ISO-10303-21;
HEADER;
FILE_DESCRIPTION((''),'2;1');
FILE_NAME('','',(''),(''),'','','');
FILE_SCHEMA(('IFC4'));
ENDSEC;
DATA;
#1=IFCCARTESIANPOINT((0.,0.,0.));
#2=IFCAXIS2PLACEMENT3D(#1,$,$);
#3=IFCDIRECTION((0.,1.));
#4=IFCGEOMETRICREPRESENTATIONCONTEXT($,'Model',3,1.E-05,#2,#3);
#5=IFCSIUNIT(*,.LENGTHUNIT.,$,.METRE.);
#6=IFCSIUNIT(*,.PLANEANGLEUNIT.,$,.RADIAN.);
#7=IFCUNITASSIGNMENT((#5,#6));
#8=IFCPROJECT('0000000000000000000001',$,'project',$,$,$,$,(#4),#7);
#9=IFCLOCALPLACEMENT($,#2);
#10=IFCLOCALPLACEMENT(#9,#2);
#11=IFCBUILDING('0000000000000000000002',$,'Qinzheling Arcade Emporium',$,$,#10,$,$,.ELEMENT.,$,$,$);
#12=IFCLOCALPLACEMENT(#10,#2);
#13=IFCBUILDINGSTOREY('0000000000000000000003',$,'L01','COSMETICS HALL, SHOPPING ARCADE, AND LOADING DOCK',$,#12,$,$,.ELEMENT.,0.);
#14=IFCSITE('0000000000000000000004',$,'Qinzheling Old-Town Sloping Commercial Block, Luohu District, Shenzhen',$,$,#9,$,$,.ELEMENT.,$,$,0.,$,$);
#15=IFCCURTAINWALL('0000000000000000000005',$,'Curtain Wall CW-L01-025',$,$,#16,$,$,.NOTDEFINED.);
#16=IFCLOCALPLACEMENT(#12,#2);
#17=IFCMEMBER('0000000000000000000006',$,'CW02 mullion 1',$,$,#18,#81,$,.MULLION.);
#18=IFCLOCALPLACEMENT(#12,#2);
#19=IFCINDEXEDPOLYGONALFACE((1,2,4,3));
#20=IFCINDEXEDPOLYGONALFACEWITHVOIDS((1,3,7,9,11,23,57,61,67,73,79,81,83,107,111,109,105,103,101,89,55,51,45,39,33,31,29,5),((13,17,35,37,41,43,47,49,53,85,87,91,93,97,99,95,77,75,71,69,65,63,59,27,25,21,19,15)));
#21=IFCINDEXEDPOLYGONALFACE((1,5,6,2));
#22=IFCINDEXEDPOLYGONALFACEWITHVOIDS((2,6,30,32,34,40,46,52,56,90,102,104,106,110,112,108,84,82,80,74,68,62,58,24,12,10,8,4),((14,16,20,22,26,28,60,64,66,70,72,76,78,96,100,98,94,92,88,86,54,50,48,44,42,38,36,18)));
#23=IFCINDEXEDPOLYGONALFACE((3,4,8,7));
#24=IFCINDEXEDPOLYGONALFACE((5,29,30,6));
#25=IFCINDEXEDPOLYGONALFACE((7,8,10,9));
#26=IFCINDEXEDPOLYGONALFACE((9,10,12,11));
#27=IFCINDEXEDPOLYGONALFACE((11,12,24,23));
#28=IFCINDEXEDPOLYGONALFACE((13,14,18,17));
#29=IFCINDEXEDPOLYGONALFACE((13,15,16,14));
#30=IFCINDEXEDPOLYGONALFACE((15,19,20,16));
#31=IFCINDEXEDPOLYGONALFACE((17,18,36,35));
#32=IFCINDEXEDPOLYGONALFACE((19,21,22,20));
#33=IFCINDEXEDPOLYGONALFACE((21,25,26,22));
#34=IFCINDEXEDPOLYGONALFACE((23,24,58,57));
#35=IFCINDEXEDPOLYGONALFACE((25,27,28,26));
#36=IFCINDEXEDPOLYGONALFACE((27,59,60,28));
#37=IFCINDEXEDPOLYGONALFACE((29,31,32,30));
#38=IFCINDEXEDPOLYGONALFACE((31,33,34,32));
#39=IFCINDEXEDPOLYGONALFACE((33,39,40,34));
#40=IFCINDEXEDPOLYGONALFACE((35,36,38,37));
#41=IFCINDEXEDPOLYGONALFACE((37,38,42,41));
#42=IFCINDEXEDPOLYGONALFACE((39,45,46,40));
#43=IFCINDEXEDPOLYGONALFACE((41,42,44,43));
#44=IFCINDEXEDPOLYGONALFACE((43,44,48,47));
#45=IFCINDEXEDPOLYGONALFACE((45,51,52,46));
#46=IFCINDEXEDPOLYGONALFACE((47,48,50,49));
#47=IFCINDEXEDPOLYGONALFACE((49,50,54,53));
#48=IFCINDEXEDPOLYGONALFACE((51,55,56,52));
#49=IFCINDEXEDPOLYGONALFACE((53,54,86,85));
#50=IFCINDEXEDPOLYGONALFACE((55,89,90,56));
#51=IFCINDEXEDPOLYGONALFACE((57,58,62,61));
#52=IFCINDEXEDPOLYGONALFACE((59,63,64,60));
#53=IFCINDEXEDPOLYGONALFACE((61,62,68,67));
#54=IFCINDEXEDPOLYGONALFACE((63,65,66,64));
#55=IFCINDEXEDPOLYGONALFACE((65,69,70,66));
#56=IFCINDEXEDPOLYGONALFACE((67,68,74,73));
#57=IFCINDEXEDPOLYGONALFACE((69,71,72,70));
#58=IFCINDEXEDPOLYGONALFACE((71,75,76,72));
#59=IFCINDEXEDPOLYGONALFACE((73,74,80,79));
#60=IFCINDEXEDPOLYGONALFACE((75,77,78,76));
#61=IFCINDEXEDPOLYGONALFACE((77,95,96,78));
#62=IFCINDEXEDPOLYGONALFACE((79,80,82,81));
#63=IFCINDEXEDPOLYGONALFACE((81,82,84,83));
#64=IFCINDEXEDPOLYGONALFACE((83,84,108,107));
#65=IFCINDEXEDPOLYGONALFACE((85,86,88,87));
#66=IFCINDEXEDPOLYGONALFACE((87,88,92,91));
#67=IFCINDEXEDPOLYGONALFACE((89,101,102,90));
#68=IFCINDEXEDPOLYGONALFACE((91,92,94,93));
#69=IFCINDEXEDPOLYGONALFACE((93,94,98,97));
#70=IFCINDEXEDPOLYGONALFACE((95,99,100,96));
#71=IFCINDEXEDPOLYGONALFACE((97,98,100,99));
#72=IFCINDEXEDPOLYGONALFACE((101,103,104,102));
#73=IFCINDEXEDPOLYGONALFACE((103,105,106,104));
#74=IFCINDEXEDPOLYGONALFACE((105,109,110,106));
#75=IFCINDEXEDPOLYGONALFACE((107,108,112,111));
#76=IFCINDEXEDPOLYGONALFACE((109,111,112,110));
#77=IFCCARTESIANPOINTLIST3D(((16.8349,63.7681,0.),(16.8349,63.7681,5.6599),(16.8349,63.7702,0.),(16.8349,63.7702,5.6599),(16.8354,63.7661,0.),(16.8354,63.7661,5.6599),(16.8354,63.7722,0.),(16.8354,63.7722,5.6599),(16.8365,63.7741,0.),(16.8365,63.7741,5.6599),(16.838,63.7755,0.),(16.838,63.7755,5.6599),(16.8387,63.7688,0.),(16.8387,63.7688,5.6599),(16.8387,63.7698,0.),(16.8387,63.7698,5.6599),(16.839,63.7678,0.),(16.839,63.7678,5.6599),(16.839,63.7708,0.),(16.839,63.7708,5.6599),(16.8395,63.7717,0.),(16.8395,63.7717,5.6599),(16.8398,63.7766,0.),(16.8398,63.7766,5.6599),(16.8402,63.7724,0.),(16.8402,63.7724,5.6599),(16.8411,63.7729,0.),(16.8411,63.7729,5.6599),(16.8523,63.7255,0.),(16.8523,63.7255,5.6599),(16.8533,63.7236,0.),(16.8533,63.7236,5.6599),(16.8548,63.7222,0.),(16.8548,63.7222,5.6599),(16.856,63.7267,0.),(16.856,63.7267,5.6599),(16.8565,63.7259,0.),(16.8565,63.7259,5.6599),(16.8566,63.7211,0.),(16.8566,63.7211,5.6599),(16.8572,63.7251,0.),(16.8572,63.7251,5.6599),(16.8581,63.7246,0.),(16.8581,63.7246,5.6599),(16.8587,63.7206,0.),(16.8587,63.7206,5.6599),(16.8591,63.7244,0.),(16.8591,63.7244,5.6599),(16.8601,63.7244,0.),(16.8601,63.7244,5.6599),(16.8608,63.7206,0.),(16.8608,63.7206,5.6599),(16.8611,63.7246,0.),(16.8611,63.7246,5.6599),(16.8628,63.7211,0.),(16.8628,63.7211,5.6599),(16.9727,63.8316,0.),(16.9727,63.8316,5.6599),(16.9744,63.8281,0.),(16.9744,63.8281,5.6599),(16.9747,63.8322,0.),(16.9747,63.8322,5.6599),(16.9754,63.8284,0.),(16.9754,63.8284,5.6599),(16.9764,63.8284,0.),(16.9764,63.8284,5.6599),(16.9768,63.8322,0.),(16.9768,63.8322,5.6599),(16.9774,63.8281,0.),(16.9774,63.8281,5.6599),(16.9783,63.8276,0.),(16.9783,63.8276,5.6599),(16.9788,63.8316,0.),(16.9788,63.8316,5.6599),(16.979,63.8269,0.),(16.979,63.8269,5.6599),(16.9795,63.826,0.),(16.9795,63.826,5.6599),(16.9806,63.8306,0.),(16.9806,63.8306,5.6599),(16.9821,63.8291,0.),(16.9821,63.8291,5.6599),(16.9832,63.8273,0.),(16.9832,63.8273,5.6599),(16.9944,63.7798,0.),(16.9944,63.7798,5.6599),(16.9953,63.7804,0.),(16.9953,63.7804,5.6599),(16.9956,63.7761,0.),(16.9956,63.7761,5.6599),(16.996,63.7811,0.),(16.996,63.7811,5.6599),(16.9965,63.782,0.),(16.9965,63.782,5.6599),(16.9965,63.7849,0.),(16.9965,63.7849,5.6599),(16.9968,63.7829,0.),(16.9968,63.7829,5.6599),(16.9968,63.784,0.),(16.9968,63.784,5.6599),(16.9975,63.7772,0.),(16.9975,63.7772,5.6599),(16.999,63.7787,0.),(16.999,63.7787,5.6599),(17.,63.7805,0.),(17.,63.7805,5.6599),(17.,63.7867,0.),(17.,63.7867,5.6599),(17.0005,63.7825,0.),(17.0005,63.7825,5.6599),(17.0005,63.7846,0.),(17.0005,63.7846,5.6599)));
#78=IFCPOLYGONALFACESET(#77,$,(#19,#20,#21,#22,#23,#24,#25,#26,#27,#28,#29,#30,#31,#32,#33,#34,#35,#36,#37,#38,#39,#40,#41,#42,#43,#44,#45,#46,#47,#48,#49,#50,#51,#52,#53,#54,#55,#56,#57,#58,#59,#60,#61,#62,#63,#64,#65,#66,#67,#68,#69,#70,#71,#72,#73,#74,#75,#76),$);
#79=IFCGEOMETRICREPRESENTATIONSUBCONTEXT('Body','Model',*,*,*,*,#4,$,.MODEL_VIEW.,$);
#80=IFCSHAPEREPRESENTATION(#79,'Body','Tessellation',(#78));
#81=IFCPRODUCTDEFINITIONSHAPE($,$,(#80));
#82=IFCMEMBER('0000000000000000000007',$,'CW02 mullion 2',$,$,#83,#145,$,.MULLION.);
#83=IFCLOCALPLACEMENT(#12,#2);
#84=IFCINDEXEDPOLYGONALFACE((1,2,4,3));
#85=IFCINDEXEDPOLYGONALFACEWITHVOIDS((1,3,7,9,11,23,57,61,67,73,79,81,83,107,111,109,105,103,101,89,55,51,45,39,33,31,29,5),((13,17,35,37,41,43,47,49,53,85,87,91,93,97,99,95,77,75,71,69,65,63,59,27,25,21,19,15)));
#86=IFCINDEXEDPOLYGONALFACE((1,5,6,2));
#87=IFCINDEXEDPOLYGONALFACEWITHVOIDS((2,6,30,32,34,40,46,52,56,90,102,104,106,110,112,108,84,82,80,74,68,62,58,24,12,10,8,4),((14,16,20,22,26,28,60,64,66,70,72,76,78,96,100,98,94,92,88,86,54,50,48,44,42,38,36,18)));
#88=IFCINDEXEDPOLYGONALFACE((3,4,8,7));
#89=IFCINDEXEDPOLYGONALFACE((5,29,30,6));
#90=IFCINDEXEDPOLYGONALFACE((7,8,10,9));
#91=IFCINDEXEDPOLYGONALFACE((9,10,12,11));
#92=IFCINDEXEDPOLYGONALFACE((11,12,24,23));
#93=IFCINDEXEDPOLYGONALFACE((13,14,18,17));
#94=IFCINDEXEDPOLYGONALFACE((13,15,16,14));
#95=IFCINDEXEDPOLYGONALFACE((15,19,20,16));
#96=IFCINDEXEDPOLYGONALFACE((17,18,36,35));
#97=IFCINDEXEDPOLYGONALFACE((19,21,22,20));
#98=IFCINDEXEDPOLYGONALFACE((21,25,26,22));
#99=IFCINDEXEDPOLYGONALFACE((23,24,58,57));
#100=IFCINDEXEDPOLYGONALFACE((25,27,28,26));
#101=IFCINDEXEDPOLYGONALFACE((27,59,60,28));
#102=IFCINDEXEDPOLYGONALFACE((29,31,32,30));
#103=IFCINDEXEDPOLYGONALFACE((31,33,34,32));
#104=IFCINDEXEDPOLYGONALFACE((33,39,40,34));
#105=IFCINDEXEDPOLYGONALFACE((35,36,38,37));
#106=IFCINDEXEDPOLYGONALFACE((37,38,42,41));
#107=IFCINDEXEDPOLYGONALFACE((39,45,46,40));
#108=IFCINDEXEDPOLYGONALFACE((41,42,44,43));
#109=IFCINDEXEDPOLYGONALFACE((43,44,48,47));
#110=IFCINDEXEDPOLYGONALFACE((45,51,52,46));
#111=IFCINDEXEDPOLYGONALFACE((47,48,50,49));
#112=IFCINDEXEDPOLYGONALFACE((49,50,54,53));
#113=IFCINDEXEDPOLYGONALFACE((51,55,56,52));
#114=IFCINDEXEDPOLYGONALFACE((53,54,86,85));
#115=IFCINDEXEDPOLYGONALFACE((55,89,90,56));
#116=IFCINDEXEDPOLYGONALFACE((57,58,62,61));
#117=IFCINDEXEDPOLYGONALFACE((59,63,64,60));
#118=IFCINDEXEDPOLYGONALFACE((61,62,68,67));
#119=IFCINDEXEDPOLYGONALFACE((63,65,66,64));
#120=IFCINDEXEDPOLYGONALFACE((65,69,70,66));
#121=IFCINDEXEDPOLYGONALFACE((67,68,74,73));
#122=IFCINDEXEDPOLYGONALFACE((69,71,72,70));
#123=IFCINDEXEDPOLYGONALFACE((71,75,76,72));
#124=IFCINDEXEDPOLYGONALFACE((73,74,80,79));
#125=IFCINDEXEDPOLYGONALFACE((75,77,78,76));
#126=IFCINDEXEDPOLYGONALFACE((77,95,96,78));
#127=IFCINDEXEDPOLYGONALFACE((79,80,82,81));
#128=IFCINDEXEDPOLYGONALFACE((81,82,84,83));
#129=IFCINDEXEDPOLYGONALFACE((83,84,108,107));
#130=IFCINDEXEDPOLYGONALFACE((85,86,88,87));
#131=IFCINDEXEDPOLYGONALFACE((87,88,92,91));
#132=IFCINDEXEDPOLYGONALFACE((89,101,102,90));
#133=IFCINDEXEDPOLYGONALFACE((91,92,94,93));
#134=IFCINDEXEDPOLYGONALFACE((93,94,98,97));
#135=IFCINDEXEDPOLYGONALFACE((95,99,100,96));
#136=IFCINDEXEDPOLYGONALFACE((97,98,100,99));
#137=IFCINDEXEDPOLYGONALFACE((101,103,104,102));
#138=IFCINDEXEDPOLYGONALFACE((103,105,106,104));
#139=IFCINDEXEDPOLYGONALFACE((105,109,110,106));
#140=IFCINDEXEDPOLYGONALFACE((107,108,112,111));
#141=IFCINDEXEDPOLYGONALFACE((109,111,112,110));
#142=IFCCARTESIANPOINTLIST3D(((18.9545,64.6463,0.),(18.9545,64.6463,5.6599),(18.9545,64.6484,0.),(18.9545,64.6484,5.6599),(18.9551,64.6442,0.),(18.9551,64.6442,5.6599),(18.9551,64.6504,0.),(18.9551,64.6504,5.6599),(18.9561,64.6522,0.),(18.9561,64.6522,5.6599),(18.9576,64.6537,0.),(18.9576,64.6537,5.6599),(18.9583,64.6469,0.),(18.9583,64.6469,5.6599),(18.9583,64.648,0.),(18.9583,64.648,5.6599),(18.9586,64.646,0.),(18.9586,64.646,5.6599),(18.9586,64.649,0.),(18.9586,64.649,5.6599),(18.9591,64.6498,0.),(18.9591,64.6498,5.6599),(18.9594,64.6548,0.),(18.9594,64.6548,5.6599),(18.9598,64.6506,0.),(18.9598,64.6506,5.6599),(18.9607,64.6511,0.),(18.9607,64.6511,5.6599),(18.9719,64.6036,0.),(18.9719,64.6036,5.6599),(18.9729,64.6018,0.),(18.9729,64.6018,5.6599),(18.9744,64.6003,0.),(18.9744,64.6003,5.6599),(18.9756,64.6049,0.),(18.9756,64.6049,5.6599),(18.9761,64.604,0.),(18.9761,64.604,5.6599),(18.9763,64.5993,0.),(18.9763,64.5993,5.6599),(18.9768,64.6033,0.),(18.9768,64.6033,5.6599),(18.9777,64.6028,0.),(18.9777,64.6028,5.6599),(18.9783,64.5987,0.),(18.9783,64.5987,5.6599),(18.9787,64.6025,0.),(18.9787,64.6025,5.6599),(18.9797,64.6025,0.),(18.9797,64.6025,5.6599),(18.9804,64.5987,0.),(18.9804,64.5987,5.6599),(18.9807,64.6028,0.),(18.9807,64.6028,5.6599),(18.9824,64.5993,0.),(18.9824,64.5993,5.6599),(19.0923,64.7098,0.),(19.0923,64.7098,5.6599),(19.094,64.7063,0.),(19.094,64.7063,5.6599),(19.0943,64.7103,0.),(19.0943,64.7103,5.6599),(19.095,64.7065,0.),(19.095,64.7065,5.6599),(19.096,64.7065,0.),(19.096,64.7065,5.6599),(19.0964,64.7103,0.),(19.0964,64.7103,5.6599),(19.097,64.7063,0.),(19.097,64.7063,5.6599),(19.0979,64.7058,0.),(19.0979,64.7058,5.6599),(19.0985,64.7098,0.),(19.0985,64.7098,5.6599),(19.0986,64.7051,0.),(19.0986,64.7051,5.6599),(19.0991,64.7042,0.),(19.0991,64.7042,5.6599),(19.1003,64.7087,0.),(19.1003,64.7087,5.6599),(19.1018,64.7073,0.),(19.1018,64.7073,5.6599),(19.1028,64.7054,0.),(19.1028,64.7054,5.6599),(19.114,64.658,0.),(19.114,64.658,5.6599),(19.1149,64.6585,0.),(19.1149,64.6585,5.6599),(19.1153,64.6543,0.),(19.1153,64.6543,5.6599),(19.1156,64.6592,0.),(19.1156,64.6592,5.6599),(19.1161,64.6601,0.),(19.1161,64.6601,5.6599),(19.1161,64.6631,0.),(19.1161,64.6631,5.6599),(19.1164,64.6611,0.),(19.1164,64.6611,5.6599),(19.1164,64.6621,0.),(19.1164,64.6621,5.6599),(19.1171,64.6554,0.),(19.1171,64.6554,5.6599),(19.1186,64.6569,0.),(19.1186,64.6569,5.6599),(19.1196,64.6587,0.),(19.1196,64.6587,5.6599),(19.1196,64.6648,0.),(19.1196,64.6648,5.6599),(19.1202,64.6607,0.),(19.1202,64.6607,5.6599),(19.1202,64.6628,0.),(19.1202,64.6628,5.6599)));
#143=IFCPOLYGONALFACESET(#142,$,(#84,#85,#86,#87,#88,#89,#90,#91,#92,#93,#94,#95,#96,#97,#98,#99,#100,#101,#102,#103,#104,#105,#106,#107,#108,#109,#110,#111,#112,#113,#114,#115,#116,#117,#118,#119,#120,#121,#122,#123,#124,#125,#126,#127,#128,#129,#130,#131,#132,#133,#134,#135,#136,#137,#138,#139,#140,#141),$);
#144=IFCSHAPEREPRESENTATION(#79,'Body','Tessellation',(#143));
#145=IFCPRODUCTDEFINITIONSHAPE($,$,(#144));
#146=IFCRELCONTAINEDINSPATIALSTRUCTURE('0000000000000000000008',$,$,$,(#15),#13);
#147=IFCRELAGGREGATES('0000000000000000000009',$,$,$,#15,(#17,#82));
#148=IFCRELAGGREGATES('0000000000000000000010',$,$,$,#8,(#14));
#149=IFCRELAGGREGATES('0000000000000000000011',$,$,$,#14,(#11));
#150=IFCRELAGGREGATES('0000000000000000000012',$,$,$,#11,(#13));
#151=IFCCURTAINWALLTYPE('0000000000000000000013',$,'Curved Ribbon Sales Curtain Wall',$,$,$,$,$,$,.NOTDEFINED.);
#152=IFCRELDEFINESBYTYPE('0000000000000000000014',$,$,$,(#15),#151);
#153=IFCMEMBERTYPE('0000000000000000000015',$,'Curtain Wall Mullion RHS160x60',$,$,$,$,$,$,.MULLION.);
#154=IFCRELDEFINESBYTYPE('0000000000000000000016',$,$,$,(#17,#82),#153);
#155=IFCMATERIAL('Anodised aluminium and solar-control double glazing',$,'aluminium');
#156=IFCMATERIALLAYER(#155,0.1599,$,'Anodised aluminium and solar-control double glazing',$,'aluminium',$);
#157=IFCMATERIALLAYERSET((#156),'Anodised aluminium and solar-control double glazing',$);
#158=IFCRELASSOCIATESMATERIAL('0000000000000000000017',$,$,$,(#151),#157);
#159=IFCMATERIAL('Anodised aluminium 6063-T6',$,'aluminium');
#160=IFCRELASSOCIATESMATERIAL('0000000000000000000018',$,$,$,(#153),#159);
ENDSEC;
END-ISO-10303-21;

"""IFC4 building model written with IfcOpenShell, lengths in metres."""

from ifc_helpers import new_model, si_unit, direction, frame, origin, origin_2d, place, context, subcontext, project, spatial, hollow_rectangle, extrude, material, layer, layer_set, material_profile, profile_set, type_object, element, aggregate, save


model = new_model("IFC4")

# Units and contexts
model_context = context("Model", 3, precision=1e-05, world=origin(), true_north=direction((0.0, 1.0)))
body_context = subcontext(model_context, "Body", "Model", "MODEL_VIEW")
ifc_project = project(units=[si_unit("LENGTHUNIT", "METRE"), si_unit("PLANEANGLEUNIT", "RADIAN")], contexts=[model_context])

# Site, building, storey
site_placement = place(None, origin())
site = spatial("IfcSite", under=ifc_project, at=site_placement, Name="Qinzheling Old-Town Sloping Commercial Block, Luohu District, Shenzhen", CompositionType="ELEMENT", RefElevation=0.0)
building_placement = place(site_placement, origin())
building = spatial("IfcBuilding", under=site, at=building_placement, Name="Qinzheling Arcade Emporium", CompositionType="ELEMENT")
storey_placement = place(building_placement, origin())
storey = spatial("IfcBuildingStorey", under=building, at=storey_placement, Name="L01", Description="COSMETICS HALL, SHOPPING ARCADE, AND LOADING DOCK", CompositionType="ELEMENT", Elevation=0.0)

# Curtain wall, members
ifc_material_1 = material(Name="Anodised aluminium and solar-control double glazing", Category="aluminium")
ifc_layer_1 = layer(ifc_material_1, 0.1599, Name="Anodised aluminium and solar-control double glazing", Category="aluminium")
ifc_layer_set_1 = layer_set([ifc_layer_1], Name="Anodised aluminium and solar-control double glazing")
curtain_wall_type = type_object("IfcCurtainWallType", Name="Curved Ribbon Sales Curtain Wall", PredefinedType="NOTDEFINED", material=ifc_layer_set_1)
ifc_material_2 = material(Name="Anodised aluminium 6063-T6", Category="aluminium")
ifc_material_profile_1 = material_profile(ifc_material_2, hollow_rectangle(XDim=0.0601, YDim=0.1599, WallThickness=0.0039, InnerFilletRadius=0.0039, OuterFilletRadius=0.0081, at=origin_2d()), Name="RHS 160x60x4", Category="aluminium")
ifc_profile_set_1 = profile_set([ifc_material_profile_1], Name="Anodised aluminium 6063-T6")
member_type_1 = type_object("IfcMemberType", Name="Curtain Wall Mullion RHS160x60", PredefinedType="MULLION", material=ifc_profile_set_1)
curtain_wall_1_placement = place(storey_placement, origin())
curtain_wall_1 = element("IfcCurtainWall", 1, at=curtain_wall_1_placement, inside=storey, type_object=curtain_wall_type, Name="Curtain Wall CW-L01-025", PredefinedType="NOTDEFINED")
member_1_placement = place(storey_placement, frame((16.9177, 63.7764, 0.0), z_axis=(0.0, 0.0, 1.0), x_axis=(-0.382714, 0.923867, 0.0)))
member_1 = element("IfcMember", 2, at=member_1_placement, type_object=member_type_1, Name="CW02 mullion 1", PredefinedType="MULLION", context=body_context, shape_type="SweptSolid", body=[
    extrude(hollow_rectangle(XDim=0.0601, YDim=0.1599, WallThickness=0.0039, InnerFilletRadius=0.0039, OuterFilletRadius=0.0081, at=origin_2d()), origin(), (0.0, 0.0, 1.0), 5.6599),
])
member_2_placement = place(storey_placement, frame((19.0374, 64.6545, 0.0), z_axis=(0.0, 0.0, 1.0), x_axis=(-0.382714, 0.923867, 0.0)))
member_2 = element("IfcMember", 3, at=member_2_placement, type_object=member_type_1, Name="CW02 mullion 2", PredefinedType="MULLION", context=body_context, shape_type="SweptSolid", body=[
    extrude(hollow_rectangle(XDim=0.0601, YDim=0.1599, WallThickness=0.0039, InnerFilletRadius=0.0039, OuterFilletRadius=0.0081, at=origin_2d()), origin(), (0.0, 0.0, 1.0), 5.6599),
])

aggregate(curtain_wall_1, [member_1, member_2])

save(model, "model.ifc")
